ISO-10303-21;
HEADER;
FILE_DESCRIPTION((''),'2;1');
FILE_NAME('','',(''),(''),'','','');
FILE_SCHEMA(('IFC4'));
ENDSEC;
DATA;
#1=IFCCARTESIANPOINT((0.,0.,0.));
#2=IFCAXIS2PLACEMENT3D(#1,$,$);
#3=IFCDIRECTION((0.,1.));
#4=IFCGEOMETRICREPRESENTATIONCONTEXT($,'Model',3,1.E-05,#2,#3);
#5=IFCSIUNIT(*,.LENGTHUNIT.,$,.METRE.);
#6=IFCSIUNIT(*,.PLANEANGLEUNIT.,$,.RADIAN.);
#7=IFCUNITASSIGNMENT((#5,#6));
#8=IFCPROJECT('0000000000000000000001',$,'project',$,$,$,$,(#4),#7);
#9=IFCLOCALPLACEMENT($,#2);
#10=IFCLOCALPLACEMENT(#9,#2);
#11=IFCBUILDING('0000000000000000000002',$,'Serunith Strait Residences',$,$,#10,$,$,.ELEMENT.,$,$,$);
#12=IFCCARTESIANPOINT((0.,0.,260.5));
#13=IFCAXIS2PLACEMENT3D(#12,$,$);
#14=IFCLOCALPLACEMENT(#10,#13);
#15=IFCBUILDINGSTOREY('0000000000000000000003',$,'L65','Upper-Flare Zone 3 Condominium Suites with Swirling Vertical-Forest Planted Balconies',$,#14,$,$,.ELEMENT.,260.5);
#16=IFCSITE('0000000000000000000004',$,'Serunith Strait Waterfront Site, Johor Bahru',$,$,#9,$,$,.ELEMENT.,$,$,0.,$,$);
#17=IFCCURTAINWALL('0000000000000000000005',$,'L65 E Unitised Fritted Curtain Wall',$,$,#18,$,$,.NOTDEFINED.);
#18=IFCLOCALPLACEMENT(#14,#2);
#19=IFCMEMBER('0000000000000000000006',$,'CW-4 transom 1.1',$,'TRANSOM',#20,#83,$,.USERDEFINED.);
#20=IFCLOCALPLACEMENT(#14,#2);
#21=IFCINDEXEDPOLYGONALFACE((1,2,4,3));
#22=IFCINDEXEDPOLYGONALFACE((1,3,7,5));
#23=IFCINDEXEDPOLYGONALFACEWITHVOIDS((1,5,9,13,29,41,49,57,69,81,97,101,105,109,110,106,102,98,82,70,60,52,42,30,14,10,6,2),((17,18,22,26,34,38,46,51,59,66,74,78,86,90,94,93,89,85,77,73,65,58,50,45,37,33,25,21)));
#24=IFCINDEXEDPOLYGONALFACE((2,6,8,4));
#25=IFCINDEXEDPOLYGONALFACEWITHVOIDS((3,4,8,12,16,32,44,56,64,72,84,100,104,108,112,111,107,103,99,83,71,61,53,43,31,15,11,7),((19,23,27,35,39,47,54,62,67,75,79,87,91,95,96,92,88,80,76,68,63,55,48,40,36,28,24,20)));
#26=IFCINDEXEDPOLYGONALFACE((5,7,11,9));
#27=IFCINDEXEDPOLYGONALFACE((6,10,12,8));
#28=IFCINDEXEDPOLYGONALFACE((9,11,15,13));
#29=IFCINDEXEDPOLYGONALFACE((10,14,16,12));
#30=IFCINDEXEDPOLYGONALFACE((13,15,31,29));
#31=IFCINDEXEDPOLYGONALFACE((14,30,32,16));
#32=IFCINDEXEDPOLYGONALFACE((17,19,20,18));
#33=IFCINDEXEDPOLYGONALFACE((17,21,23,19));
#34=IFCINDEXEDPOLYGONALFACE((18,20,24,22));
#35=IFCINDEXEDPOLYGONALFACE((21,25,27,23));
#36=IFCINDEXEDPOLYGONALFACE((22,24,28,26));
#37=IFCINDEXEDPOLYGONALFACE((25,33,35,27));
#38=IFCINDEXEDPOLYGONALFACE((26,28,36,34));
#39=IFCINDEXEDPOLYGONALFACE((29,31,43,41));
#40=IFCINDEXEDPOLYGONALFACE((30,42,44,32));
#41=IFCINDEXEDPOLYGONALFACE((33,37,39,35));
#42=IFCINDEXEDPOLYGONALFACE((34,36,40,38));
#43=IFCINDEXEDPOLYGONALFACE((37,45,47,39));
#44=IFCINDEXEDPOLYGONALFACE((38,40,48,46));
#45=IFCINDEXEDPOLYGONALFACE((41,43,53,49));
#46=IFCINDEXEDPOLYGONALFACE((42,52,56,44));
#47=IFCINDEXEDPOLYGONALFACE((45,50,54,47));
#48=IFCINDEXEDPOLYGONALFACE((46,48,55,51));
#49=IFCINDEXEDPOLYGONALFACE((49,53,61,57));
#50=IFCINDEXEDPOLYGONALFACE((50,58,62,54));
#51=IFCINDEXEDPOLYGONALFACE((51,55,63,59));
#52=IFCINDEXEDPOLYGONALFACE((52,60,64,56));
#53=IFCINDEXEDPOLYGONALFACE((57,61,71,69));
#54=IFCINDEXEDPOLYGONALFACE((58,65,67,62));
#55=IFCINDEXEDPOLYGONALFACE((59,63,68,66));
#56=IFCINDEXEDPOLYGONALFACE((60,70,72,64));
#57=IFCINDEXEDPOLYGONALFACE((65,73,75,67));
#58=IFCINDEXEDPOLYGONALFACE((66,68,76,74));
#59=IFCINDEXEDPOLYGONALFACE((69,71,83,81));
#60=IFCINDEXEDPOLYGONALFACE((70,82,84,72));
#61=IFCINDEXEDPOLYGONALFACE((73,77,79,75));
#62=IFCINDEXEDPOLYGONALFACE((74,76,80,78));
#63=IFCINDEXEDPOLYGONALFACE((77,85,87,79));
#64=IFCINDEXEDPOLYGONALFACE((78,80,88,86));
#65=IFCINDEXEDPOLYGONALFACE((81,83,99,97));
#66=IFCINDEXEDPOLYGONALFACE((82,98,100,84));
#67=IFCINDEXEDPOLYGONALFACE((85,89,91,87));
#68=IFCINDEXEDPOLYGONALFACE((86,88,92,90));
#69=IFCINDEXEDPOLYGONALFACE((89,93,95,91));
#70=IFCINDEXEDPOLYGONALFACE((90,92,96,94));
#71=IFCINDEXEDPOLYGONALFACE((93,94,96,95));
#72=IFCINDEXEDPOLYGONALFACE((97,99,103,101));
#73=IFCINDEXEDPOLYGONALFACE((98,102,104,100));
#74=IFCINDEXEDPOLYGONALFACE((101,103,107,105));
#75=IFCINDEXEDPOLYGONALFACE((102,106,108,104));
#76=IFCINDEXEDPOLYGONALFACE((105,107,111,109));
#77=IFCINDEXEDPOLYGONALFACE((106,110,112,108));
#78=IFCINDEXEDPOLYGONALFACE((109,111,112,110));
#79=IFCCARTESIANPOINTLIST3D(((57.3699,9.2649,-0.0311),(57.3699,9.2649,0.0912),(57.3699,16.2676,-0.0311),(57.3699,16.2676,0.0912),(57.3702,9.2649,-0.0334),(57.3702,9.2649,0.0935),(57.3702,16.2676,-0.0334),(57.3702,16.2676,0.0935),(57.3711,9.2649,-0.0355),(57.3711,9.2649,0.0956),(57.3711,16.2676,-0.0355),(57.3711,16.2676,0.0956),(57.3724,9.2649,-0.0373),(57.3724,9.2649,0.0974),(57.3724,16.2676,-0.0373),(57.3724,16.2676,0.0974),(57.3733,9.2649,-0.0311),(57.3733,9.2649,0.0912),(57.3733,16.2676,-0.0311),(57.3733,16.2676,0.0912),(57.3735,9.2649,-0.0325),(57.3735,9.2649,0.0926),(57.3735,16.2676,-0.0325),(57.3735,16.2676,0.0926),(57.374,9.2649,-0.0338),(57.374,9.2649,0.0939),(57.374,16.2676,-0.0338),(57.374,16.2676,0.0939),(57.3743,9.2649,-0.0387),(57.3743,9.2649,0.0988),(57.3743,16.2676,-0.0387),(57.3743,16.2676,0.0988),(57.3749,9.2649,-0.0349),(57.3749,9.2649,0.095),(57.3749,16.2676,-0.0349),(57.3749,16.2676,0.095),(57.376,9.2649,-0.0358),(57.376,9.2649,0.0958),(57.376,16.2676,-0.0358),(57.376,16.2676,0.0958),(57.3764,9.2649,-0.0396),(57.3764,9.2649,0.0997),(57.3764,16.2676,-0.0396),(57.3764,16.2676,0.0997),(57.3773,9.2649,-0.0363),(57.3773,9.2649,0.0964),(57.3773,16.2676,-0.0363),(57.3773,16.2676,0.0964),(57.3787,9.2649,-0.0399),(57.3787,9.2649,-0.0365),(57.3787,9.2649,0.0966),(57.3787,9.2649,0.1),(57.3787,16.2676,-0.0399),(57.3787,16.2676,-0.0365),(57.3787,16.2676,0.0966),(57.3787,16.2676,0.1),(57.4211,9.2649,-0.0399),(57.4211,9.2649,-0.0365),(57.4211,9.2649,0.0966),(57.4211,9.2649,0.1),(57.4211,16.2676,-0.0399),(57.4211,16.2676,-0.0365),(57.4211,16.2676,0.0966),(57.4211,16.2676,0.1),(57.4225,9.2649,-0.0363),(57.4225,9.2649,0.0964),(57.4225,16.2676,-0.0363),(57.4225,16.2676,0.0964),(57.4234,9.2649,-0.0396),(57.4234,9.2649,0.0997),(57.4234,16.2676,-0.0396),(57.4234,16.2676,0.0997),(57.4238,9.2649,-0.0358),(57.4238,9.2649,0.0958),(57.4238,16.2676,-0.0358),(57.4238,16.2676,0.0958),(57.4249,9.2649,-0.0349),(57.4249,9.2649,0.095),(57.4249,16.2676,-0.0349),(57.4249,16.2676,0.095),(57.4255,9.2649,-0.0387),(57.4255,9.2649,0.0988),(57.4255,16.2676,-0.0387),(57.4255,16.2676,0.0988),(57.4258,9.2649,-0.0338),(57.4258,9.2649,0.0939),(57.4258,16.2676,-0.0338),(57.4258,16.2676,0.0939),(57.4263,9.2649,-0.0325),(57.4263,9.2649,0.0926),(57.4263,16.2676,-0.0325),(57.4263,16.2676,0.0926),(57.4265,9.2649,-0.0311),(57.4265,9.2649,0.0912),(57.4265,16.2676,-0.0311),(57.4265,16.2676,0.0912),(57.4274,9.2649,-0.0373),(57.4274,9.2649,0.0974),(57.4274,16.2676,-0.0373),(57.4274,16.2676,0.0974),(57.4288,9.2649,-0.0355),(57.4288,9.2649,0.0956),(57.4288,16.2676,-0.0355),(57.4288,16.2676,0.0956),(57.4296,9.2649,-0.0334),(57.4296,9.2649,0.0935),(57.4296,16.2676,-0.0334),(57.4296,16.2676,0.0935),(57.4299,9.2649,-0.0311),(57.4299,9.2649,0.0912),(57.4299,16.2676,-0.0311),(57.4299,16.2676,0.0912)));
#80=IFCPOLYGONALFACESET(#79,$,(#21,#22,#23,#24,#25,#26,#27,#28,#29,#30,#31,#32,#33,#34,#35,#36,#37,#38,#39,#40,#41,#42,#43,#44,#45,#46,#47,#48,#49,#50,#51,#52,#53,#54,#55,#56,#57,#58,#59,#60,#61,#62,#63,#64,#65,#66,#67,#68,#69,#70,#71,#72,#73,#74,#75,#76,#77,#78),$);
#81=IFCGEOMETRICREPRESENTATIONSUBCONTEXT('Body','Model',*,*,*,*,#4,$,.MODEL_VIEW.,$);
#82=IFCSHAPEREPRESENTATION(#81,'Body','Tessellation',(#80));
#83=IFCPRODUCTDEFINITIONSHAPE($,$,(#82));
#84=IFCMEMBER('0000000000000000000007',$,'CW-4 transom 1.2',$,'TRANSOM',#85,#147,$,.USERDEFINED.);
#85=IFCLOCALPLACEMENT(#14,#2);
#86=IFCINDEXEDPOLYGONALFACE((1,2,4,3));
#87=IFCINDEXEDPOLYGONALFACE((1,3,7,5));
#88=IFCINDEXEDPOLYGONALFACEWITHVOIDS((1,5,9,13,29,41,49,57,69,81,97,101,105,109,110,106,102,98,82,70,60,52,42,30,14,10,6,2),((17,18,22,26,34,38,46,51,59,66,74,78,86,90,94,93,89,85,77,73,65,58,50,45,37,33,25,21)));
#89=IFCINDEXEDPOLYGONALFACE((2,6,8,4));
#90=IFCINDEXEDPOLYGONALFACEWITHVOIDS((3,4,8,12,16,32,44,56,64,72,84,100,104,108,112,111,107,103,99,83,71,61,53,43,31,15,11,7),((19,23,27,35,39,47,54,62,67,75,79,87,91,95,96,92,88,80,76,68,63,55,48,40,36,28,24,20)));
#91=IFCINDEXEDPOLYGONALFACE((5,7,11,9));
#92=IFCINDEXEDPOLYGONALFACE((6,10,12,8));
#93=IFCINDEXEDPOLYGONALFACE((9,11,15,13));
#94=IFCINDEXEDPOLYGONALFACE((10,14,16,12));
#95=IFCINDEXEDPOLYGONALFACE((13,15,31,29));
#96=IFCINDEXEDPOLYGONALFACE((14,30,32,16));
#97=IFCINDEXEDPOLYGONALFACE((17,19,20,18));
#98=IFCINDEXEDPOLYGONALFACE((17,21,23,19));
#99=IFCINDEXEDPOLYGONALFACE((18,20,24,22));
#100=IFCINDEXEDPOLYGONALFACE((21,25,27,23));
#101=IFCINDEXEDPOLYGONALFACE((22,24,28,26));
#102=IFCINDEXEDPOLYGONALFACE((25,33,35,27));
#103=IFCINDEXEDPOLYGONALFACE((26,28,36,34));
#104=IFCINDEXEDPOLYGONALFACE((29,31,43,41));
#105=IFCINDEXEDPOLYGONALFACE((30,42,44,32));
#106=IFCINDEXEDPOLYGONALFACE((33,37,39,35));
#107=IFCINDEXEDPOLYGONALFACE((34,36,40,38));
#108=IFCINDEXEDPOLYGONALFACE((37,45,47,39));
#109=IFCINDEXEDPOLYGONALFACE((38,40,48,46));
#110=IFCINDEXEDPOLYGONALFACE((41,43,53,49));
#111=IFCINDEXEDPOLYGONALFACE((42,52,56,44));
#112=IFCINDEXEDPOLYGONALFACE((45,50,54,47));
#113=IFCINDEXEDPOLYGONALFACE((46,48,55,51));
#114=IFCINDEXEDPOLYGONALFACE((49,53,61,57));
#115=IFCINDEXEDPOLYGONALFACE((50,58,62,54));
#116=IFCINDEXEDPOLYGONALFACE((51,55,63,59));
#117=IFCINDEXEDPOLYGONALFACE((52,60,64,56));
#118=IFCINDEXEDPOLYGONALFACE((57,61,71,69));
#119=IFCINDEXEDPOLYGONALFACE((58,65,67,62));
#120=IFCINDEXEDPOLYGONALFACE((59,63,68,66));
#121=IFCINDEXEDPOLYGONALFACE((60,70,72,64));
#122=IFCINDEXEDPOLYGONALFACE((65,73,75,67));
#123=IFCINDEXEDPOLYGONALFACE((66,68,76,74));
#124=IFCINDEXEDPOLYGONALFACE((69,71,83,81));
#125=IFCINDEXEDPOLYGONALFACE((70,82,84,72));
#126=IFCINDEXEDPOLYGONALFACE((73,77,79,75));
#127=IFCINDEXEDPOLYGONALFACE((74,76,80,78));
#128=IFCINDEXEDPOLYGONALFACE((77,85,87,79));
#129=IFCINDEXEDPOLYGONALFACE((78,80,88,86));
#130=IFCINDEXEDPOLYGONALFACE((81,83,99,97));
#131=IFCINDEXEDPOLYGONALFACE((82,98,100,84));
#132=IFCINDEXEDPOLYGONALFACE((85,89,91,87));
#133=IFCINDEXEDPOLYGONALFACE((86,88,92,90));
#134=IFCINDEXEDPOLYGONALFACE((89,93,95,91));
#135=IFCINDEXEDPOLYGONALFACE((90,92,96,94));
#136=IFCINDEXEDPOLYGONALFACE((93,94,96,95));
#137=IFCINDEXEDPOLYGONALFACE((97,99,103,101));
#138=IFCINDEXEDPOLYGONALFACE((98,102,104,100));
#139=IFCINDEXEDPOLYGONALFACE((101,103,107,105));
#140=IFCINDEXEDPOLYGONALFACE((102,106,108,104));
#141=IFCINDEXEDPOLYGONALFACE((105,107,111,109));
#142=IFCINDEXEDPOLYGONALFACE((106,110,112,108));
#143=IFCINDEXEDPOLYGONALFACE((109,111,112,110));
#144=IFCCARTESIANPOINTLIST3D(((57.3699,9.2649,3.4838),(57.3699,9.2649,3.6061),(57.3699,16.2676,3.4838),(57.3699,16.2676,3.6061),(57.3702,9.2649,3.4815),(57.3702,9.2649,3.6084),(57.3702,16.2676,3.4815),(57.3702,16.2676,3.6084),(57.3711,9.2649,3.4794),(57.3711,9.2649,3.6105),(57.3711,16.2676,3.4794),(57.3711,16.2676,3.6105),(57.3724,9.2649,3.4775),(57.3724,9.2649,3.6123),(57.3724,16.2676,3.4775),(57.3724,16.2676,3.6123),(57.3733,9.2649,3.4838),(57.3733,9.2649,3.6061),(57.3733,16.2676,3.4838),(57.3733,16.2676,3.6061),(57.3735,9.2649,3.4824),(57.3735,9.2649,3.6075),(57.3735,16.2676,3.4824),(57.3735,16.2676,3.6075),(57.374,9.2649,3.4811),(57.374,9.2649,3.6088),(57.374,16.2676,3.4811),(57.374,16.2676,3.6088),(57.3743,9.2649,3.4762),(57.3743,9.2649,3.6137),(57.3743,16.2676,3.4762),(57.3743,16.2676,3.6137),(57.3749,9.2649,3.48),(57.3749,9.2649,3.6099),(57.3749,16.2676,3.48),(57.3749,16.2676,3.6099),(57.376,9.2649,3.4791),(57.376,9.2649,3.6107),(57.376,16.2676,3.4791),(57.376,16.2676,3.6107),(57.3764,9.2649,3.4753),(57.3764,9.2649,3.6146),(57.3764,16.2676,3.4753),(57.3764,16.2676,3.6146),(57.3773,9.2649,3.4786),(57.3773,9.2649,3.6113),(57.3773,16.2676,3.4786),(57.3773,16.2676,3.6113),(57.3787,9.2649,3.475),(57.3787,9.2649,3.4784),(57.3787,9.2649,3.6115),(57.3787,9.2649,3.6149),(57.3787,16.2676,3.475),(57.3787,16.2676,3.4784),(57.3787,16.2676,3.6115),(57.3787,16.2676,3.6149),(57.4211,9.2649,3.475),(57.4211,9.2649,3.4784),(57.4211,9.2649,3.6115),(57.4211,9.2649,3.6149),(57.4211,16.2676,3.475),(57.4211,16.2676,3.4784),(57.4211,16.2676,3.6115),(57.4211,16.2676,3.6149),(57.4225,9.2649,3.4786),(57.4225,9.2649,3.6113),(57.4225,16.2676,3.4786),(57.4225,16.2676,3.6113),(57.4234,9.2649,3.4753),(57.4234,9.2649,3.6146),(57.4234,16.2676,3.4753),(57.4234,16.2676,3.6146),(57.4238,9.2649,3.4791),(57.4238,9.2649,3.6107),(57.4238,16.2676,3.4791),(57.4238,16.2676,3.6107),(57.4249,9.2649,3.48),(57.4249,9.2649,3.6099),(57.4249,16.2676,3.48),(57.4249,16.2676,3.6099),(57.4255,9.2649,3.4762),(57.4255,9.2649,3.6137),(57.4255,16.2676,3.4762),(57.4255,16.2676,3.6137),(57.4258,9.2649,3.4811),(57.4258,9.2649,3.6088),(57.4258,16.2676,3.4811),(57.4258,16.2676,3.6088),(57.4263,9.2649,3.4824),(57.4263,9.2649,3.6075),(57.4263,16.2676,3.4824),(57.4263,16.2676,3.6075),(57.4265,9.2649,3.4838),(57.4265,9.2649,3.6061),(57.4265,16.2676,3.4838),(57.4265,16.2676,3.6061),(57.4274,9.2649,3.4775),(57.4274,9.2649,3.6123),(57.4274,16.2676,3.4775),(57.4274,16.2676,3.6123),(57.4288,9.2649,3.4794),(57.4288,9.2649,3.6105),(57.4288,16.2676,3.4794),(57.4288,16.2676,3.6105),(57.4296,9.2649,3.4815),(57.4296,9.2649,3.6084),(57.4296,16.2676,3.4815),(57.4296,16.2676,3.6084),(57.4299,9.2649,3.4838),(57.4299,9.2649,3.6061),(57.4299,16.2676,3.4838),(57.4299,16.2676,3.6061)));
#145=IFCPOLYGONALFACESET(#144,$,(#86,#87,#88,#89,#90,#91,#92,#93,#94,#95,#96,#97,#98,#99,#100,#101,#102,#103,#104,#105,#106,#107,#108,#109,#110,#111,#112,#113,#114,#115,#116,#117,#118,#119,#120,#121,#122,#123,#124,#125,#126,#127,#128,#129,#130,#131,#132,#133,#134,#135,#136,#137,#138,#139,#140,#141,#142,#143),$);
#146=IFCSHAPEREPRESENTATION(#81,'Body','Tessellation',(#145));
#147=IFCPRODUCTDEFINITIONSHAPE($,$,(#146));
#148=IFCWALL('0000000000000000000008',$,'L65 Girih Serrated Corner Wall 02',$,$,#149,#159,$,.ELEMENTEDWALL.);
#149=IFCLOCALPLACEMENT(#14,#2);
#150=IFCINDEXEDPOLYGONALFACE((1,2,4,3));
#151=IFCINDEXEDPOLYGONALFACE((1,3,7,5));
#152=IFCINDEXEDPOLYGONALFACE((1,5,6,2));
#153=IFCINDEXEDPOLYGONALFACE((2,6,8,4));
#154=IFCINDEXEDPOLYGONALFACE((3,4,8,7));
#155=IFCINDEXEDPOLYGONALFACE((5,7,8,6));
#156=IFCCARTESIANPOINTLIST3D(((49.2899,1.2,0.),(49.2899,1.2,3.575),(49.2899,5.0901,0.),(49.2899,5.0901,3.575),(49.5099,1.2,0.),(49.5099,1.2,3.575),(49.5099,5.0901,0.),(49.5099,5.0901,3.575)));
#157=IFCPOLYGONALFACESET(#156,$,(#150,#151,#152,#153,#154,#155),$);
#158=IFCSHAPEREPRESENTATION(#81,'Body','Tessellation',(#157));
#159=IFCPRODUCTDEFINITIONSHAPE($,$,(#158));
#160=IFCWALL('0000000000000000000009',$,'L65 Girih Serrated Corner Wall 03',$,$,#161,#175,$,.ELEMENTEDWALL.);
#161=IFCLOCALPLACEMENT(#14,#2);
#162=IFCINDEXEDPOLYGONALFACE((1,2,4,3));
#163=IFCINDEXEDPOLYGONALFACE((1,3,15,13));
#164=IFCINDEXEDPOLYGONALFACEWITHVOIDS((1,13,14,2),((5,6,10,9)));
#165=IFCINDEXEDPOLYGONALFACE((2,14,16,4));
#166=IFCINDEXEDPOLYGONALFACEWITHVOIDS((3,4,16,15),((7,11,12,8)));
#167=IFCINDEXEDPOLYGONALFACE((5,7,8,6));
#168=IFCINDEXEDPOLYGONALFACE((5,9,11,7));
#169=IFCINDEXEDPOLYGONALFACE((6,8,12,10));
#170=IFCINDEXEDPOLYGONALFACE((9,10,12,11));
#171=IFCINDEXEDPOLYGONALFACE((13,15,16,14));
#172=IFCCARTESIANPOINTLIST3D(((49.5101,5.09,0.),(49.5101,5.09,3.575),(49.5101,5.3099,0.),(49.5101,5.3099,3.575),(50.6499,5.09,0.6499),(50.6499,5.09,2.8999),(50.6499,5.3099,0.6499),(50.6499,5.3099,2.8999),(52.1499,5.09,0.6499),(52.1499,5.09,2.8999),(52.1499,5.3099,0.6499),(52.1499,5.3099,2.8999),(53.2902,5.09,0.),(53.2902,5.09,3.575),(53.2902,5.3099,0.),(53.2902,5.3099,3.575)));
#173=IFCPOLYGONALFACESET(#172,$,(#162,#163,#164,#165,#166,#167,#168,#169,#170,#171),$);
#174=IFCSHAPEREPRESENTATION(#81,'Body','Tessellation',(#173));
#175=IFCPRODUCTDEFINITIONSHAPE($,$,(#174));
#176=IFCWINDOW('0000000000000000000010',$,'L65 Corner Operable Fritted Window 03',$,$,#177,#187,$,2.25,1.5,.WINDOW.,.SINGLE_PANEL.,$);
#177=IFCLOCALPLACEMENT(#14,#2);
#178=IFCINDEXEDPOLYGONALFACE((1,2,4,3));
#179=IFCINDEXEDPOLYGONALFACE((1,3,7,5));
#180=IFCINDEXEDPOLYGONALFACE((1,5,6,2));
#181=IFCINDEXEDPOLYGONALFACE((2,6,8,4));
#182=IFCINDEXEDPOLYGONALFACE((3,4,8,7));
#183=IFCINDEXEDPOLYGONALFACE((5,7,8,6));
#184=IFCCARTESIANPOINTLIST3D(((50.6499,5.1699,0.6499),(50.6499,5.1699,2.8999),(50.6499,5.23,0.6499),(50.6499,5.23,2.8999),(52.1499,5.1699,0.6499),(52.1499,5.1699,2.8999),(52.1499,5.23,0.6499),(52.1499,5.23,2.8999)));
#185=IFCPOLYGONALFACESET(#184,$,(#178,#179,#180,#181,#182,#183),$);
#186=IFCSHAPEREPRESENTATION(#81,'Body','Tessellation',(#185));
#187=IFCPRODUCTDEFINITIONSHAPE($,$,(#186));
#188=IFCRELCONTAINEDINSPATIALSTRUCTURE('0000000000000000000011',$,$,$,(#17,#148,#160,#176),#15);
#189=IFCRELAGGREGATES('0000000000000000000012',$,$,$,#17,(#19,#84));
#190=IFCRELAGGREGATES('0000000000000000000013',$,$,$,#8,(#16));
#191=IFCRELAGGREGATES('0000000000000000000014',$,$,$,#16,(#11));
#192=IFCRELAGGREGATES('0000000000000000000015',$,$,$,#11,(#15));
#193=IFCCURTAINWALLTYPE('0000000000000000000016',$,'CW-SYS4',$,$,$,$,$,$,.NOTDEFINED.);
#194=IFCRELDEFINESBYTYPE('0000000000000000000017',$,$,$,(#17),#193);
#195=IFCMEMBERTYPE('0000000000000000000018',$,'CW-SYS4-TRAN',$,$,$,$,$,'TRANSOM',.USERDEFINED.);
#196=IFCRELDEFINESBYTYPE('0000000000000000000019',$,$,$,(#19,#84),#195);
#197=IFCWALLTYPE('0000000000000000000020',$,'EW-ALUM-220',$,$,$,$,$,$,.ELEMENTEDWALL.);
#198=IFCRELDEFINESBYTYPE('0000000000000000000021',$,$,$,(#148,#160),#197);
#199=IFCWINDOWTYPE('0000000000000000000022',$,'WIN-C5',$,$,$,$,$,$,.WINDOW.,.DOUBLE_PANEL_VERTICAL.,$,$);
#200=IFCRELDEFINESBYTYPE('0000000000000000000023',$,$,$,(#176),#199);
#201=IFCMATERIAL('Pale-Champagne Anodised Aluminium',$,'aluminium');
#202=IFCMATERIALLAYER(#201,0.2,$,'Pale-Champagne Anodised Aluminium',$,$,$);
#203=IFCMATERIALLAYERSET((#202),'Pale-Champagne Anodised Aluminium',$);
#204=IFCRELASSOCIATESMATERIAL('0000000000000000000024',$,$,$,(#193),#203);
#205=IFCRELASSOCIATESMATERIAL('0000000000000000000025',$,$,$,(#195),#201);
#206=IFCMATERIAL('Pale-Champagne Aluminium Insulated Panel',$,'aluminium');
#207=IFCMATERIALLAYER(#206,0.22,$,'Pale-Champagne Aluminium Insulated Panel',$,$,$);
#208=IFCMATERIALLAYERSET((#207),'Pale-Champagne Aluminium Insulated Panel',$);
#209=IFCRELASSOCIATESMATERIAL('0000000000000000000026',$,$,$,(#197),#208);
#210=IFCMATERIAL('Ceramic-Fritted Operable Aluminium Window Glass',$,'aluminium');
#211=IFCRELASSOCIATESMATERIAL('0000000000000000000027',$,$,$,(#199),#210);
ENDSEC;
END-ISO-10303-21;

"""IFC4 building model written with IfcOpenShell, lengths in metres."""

from ifc_helpers import new_model, si_unit, direction, frame, frame_2d, origin, origin_2d, place, context, subcontext, project, spatial, rectangle, hollow_rectangle, extrude, source, transform, mapped, material, layer, layer_set, material_profile, profile_set, type_object, element, fill, aggregate, save


model = new_model("IFC4")

# Units and contexts
model_context = context("Model", 3, precision=1e-05, world=origin(), true_north=direction((0.0, 1.0)))
body_context = subcontext(model_context, "Body", "Model", "MODEL_VIEW")
ifc_project = project(units=[si_unit("LENGTHUNIT", "METRE"), si_unit("PLANEANGLEUNIT", "RADIAN")], contexts=[model_context])

# Site, building, storey
site_placement = place(None, origin())
site = spatial("IfcSite", under=ifc_project, at=site_placement, Name="Serunith Strait Waterfront Site, Johor Bahru", CompositionType="ELEMENT", RefElevation=0.0)
building_placement = place(site_placement, origin())
building = spatial("IfcBuilding", under=site, at=building_placement, Name="Serunith Strait Residences", CompositionType="ELEMENT")
storey_placement = place(building_placement, frame((0.0, 0.0, 260.5)))
storey = spatial("IfcBuildingStorey", under=building, at=storey_placement, Name="L65", Description="Upper-Flare Zone 3 Condominium Suites with Swirling Vertical-Forest Planted Balconies", CompositionType="ELEMENT", Elevation=260.5)

# Shared definitions
ifc_material_1 = material(Name="Pale-Champagne Anodised Aluminium", Category="aluminium")
ifc_layer_1 = layer(ifc_material_1, 0.2, Name="Pale-Champagne Anodised Aluminium")
ifc_layer_set_1 = layer_set([ifc_layer_1], Name="Pale-Champagne Anodised Aluminium")
curtain_wall_type = type_object("IfcCurtainWallType", Name="CW-SYS4", PredefinedType="NOTDEFINED", material=ifc_layer_set_1)

# Curtain wall, members
curtain_wall_1_placement = place(storey_placement, origin())
curtain_wall_1 = element("IfcCurtainWall", 1, at=curtain_wall_1_placement, inside=storey, type_object=curtain_wall_type, Name="L65 E Unitised Fritted Curtain Wall", PredefinedType="NOTDEFINED")
ifc_material_profile_1 = material_profile(ifc_material_1, hollow_rectangle(XDim=0.0601, YDim=0.1399, WallThickness=0.0034, InnerFilletRadius=0.0054, OuterFilletRadius=0.0088, at=origin_2d()), Name="ALU 140x60x3.5")
ifc_profile_set_1 = profile_set([ifc_material_profile_1], Name="Pale-Champagne Anodised Aluminium")
member_type_1 = type_object("IfcMemberType", Name="CW-SYS4-TRAN", ElementType="TRANSOM", PredefinedType="USERDEFINED", material=ifc_profile_set_1)
shared_shape_1 = source(origin(), body_context, "Body", "SweptSolid", [
    extrude(hollow_rectangle(XDim=0.0601, YDim=0.1399, WallThickness=0.0034, InnerFilletRadius=0.0054, OuterFilletRadius=0.0088, at=origin_2d()), origin(), (0.0, 0.0, 1.0), 7.0027),
])
member_1_placement = place(storey_placement, frame((57.3999, 9.2649, 0.03), z_axis=(0.0, 1.0, 0.0), x_axis=(-1.0, 0.0, 0.0)))
member_1 = element("IfcMember", 2, at=member_1_placement, type_object=member_type_1, Name="CW-4 transom 1.1", ObjectType="TRANSOM", PredefinedType="USERDEFINED", context=body_context, shape_type="MappedRepresentation", body=[
    mapped(shared_shape_1, transform((0.0, 0.0, 0.0), scale=1.0)),
])
member_2_placement = place(storey_placement, frame((57.3999, 9.2649, 3.5449), z_axis=(0.0, 1.0, 0.0), x_axis=(-1.0, 0.0, 0.0)))
member_2 = element("IfcMember", 3, at=member_2_placement, type_object=member_type_1, Name="CW-4 transom 1.2", ObjectType="TRANSOM", PredefinedType="USERDEFINED", context=body_context, shape_type="MappedRepresentation", body=[
    mapped(shared_shape_1, transform((0.0, 0.0, 0.0), scale=1.0)),
])
aggregate(curtain_wall_1, [member_1, member_2])

# Wall
ifc_material_2 = material(Name="Pale-Champagne Aluminium Insulated Panel", Category="aluminium")
ifc_layer_2 = layer(ifc_material_2, 0.22, Name="Pale-Champagne Aluminium Insulated Panel")
ifc_layer_set_2 = layer_set([ifc_layer_2], Name="Pale-Champagne Aluminium Insulated Panel")
wall_type_1 = type_object("IfcWallType", Name="EW-ALUM-220", PredefinedType="ELEMENTEDWALL", material=ifc_layer_set_2)
wall_1_placement = place(storey_placement, frame((49.3999, 1.2, 0.0), z_axis=(0.0, 0.0, 1.0), x_axis=(0.0, 1.0, 0.0)))
element("IfcWall", 4, at=wall_1_placement, inside=storey, type_object=wall_type_1, Name="L65 Girih Serrated Corner Wall 02", PredefinedType="ELEMENTEDWALL", context=body_context, shape_type="SweptSolid", body=[
    extrude(rectangle(XDim=3.8901, YDim=0.22, at=frame_2d((1.9451, 0.0))), origin(), (0.0, 0.0, 1.0), 3.575),
])

# Wall, opening, window
wall_2_placement = place(storey_placement, frame((49.51, 5.2, 0.0), z_axis=(0.0, 0.0, 1.0), x_axis=(1.0, 0.0, 0.0)))
wall_2 = element("IfcWall", 5, at=wall_2_placement, inside=storey, type_object=wall_type_1, Name="L65 Girih Serrated Corner Wall 03", PredefinedType="ELEMENTEDWALL", context=body_context, shape_type="SweptSolid", body=[
    extrude(rectangle(XDim=3.78, YDim=0.22, at=frame_2d((1.8901, 0.0))), origin(), (0.0, 0.0, 1.0), 3.575),
])
opening_1_placement = place(wall_2_placement, frame((1.1399, 0.0, 0.6499)))
opening_1 = element("IfcOpeningElement", 6, at=opening_1_placement, cuts=wall_2, PredefinedType="OPENING", context=body_context, shape_type="SweptSolid", body=[
    extrude(rectangle(XDim=1.5, YDim=2.25, at=frame_2d((0.75, 1.125))), frame((0.0, 0.1201, 0.0), z_axis=(0.0, -1.0, 0.0), x_axis=(1.0, 0.0, 0.0)), (0.0, 0.0, 1.0), 0.24),
])
ifc_material_3 = material(Name="Ceramic-Fritted Operable Aluminium Window Glass", Category="aluminium")
window_type = type_object("IfcWindowType", Name="WIN-C5", PartitioningType="DOUBLE_PANEL_VERTICAL", PredefinedType="WINDOW", material=ifc_material_3)
shared_shape_2 = source(origin(), body_context, "Body", "SweptSolid", [
    extrude(rectangle(XDim=1.5, YDim=2.25, at=frame_2d((0.75, 1.125))), frame((0.0, 0.03, 0.0), z_axis=(0.0, -1.0, 0.0), x_axis=(1.0, 0.0, 0.0)), (0.0, 0.0, 1.0), 0.0601),
])
window_1_placement = place(opening_1_placement, origin())
window_1 = element("IfcWindow", 7, at=window_1_placement, inside=storey, type_object=window_type, Name="L65 Corner Operable Fritted Window 03", OverallHeight=2.25, OverallWidth=1.5, PartitioningType="SINGLE_PANEL", PredefinedType="WINDOW", context=body_context, shape_type="MappedRepresentation", body=[
    mapped(shared_shape_2, transform((0.0, 0.0, 0.0), scale=1.0)),
])
fill(opening_1, window_1)

save(model, "model.ifc")
